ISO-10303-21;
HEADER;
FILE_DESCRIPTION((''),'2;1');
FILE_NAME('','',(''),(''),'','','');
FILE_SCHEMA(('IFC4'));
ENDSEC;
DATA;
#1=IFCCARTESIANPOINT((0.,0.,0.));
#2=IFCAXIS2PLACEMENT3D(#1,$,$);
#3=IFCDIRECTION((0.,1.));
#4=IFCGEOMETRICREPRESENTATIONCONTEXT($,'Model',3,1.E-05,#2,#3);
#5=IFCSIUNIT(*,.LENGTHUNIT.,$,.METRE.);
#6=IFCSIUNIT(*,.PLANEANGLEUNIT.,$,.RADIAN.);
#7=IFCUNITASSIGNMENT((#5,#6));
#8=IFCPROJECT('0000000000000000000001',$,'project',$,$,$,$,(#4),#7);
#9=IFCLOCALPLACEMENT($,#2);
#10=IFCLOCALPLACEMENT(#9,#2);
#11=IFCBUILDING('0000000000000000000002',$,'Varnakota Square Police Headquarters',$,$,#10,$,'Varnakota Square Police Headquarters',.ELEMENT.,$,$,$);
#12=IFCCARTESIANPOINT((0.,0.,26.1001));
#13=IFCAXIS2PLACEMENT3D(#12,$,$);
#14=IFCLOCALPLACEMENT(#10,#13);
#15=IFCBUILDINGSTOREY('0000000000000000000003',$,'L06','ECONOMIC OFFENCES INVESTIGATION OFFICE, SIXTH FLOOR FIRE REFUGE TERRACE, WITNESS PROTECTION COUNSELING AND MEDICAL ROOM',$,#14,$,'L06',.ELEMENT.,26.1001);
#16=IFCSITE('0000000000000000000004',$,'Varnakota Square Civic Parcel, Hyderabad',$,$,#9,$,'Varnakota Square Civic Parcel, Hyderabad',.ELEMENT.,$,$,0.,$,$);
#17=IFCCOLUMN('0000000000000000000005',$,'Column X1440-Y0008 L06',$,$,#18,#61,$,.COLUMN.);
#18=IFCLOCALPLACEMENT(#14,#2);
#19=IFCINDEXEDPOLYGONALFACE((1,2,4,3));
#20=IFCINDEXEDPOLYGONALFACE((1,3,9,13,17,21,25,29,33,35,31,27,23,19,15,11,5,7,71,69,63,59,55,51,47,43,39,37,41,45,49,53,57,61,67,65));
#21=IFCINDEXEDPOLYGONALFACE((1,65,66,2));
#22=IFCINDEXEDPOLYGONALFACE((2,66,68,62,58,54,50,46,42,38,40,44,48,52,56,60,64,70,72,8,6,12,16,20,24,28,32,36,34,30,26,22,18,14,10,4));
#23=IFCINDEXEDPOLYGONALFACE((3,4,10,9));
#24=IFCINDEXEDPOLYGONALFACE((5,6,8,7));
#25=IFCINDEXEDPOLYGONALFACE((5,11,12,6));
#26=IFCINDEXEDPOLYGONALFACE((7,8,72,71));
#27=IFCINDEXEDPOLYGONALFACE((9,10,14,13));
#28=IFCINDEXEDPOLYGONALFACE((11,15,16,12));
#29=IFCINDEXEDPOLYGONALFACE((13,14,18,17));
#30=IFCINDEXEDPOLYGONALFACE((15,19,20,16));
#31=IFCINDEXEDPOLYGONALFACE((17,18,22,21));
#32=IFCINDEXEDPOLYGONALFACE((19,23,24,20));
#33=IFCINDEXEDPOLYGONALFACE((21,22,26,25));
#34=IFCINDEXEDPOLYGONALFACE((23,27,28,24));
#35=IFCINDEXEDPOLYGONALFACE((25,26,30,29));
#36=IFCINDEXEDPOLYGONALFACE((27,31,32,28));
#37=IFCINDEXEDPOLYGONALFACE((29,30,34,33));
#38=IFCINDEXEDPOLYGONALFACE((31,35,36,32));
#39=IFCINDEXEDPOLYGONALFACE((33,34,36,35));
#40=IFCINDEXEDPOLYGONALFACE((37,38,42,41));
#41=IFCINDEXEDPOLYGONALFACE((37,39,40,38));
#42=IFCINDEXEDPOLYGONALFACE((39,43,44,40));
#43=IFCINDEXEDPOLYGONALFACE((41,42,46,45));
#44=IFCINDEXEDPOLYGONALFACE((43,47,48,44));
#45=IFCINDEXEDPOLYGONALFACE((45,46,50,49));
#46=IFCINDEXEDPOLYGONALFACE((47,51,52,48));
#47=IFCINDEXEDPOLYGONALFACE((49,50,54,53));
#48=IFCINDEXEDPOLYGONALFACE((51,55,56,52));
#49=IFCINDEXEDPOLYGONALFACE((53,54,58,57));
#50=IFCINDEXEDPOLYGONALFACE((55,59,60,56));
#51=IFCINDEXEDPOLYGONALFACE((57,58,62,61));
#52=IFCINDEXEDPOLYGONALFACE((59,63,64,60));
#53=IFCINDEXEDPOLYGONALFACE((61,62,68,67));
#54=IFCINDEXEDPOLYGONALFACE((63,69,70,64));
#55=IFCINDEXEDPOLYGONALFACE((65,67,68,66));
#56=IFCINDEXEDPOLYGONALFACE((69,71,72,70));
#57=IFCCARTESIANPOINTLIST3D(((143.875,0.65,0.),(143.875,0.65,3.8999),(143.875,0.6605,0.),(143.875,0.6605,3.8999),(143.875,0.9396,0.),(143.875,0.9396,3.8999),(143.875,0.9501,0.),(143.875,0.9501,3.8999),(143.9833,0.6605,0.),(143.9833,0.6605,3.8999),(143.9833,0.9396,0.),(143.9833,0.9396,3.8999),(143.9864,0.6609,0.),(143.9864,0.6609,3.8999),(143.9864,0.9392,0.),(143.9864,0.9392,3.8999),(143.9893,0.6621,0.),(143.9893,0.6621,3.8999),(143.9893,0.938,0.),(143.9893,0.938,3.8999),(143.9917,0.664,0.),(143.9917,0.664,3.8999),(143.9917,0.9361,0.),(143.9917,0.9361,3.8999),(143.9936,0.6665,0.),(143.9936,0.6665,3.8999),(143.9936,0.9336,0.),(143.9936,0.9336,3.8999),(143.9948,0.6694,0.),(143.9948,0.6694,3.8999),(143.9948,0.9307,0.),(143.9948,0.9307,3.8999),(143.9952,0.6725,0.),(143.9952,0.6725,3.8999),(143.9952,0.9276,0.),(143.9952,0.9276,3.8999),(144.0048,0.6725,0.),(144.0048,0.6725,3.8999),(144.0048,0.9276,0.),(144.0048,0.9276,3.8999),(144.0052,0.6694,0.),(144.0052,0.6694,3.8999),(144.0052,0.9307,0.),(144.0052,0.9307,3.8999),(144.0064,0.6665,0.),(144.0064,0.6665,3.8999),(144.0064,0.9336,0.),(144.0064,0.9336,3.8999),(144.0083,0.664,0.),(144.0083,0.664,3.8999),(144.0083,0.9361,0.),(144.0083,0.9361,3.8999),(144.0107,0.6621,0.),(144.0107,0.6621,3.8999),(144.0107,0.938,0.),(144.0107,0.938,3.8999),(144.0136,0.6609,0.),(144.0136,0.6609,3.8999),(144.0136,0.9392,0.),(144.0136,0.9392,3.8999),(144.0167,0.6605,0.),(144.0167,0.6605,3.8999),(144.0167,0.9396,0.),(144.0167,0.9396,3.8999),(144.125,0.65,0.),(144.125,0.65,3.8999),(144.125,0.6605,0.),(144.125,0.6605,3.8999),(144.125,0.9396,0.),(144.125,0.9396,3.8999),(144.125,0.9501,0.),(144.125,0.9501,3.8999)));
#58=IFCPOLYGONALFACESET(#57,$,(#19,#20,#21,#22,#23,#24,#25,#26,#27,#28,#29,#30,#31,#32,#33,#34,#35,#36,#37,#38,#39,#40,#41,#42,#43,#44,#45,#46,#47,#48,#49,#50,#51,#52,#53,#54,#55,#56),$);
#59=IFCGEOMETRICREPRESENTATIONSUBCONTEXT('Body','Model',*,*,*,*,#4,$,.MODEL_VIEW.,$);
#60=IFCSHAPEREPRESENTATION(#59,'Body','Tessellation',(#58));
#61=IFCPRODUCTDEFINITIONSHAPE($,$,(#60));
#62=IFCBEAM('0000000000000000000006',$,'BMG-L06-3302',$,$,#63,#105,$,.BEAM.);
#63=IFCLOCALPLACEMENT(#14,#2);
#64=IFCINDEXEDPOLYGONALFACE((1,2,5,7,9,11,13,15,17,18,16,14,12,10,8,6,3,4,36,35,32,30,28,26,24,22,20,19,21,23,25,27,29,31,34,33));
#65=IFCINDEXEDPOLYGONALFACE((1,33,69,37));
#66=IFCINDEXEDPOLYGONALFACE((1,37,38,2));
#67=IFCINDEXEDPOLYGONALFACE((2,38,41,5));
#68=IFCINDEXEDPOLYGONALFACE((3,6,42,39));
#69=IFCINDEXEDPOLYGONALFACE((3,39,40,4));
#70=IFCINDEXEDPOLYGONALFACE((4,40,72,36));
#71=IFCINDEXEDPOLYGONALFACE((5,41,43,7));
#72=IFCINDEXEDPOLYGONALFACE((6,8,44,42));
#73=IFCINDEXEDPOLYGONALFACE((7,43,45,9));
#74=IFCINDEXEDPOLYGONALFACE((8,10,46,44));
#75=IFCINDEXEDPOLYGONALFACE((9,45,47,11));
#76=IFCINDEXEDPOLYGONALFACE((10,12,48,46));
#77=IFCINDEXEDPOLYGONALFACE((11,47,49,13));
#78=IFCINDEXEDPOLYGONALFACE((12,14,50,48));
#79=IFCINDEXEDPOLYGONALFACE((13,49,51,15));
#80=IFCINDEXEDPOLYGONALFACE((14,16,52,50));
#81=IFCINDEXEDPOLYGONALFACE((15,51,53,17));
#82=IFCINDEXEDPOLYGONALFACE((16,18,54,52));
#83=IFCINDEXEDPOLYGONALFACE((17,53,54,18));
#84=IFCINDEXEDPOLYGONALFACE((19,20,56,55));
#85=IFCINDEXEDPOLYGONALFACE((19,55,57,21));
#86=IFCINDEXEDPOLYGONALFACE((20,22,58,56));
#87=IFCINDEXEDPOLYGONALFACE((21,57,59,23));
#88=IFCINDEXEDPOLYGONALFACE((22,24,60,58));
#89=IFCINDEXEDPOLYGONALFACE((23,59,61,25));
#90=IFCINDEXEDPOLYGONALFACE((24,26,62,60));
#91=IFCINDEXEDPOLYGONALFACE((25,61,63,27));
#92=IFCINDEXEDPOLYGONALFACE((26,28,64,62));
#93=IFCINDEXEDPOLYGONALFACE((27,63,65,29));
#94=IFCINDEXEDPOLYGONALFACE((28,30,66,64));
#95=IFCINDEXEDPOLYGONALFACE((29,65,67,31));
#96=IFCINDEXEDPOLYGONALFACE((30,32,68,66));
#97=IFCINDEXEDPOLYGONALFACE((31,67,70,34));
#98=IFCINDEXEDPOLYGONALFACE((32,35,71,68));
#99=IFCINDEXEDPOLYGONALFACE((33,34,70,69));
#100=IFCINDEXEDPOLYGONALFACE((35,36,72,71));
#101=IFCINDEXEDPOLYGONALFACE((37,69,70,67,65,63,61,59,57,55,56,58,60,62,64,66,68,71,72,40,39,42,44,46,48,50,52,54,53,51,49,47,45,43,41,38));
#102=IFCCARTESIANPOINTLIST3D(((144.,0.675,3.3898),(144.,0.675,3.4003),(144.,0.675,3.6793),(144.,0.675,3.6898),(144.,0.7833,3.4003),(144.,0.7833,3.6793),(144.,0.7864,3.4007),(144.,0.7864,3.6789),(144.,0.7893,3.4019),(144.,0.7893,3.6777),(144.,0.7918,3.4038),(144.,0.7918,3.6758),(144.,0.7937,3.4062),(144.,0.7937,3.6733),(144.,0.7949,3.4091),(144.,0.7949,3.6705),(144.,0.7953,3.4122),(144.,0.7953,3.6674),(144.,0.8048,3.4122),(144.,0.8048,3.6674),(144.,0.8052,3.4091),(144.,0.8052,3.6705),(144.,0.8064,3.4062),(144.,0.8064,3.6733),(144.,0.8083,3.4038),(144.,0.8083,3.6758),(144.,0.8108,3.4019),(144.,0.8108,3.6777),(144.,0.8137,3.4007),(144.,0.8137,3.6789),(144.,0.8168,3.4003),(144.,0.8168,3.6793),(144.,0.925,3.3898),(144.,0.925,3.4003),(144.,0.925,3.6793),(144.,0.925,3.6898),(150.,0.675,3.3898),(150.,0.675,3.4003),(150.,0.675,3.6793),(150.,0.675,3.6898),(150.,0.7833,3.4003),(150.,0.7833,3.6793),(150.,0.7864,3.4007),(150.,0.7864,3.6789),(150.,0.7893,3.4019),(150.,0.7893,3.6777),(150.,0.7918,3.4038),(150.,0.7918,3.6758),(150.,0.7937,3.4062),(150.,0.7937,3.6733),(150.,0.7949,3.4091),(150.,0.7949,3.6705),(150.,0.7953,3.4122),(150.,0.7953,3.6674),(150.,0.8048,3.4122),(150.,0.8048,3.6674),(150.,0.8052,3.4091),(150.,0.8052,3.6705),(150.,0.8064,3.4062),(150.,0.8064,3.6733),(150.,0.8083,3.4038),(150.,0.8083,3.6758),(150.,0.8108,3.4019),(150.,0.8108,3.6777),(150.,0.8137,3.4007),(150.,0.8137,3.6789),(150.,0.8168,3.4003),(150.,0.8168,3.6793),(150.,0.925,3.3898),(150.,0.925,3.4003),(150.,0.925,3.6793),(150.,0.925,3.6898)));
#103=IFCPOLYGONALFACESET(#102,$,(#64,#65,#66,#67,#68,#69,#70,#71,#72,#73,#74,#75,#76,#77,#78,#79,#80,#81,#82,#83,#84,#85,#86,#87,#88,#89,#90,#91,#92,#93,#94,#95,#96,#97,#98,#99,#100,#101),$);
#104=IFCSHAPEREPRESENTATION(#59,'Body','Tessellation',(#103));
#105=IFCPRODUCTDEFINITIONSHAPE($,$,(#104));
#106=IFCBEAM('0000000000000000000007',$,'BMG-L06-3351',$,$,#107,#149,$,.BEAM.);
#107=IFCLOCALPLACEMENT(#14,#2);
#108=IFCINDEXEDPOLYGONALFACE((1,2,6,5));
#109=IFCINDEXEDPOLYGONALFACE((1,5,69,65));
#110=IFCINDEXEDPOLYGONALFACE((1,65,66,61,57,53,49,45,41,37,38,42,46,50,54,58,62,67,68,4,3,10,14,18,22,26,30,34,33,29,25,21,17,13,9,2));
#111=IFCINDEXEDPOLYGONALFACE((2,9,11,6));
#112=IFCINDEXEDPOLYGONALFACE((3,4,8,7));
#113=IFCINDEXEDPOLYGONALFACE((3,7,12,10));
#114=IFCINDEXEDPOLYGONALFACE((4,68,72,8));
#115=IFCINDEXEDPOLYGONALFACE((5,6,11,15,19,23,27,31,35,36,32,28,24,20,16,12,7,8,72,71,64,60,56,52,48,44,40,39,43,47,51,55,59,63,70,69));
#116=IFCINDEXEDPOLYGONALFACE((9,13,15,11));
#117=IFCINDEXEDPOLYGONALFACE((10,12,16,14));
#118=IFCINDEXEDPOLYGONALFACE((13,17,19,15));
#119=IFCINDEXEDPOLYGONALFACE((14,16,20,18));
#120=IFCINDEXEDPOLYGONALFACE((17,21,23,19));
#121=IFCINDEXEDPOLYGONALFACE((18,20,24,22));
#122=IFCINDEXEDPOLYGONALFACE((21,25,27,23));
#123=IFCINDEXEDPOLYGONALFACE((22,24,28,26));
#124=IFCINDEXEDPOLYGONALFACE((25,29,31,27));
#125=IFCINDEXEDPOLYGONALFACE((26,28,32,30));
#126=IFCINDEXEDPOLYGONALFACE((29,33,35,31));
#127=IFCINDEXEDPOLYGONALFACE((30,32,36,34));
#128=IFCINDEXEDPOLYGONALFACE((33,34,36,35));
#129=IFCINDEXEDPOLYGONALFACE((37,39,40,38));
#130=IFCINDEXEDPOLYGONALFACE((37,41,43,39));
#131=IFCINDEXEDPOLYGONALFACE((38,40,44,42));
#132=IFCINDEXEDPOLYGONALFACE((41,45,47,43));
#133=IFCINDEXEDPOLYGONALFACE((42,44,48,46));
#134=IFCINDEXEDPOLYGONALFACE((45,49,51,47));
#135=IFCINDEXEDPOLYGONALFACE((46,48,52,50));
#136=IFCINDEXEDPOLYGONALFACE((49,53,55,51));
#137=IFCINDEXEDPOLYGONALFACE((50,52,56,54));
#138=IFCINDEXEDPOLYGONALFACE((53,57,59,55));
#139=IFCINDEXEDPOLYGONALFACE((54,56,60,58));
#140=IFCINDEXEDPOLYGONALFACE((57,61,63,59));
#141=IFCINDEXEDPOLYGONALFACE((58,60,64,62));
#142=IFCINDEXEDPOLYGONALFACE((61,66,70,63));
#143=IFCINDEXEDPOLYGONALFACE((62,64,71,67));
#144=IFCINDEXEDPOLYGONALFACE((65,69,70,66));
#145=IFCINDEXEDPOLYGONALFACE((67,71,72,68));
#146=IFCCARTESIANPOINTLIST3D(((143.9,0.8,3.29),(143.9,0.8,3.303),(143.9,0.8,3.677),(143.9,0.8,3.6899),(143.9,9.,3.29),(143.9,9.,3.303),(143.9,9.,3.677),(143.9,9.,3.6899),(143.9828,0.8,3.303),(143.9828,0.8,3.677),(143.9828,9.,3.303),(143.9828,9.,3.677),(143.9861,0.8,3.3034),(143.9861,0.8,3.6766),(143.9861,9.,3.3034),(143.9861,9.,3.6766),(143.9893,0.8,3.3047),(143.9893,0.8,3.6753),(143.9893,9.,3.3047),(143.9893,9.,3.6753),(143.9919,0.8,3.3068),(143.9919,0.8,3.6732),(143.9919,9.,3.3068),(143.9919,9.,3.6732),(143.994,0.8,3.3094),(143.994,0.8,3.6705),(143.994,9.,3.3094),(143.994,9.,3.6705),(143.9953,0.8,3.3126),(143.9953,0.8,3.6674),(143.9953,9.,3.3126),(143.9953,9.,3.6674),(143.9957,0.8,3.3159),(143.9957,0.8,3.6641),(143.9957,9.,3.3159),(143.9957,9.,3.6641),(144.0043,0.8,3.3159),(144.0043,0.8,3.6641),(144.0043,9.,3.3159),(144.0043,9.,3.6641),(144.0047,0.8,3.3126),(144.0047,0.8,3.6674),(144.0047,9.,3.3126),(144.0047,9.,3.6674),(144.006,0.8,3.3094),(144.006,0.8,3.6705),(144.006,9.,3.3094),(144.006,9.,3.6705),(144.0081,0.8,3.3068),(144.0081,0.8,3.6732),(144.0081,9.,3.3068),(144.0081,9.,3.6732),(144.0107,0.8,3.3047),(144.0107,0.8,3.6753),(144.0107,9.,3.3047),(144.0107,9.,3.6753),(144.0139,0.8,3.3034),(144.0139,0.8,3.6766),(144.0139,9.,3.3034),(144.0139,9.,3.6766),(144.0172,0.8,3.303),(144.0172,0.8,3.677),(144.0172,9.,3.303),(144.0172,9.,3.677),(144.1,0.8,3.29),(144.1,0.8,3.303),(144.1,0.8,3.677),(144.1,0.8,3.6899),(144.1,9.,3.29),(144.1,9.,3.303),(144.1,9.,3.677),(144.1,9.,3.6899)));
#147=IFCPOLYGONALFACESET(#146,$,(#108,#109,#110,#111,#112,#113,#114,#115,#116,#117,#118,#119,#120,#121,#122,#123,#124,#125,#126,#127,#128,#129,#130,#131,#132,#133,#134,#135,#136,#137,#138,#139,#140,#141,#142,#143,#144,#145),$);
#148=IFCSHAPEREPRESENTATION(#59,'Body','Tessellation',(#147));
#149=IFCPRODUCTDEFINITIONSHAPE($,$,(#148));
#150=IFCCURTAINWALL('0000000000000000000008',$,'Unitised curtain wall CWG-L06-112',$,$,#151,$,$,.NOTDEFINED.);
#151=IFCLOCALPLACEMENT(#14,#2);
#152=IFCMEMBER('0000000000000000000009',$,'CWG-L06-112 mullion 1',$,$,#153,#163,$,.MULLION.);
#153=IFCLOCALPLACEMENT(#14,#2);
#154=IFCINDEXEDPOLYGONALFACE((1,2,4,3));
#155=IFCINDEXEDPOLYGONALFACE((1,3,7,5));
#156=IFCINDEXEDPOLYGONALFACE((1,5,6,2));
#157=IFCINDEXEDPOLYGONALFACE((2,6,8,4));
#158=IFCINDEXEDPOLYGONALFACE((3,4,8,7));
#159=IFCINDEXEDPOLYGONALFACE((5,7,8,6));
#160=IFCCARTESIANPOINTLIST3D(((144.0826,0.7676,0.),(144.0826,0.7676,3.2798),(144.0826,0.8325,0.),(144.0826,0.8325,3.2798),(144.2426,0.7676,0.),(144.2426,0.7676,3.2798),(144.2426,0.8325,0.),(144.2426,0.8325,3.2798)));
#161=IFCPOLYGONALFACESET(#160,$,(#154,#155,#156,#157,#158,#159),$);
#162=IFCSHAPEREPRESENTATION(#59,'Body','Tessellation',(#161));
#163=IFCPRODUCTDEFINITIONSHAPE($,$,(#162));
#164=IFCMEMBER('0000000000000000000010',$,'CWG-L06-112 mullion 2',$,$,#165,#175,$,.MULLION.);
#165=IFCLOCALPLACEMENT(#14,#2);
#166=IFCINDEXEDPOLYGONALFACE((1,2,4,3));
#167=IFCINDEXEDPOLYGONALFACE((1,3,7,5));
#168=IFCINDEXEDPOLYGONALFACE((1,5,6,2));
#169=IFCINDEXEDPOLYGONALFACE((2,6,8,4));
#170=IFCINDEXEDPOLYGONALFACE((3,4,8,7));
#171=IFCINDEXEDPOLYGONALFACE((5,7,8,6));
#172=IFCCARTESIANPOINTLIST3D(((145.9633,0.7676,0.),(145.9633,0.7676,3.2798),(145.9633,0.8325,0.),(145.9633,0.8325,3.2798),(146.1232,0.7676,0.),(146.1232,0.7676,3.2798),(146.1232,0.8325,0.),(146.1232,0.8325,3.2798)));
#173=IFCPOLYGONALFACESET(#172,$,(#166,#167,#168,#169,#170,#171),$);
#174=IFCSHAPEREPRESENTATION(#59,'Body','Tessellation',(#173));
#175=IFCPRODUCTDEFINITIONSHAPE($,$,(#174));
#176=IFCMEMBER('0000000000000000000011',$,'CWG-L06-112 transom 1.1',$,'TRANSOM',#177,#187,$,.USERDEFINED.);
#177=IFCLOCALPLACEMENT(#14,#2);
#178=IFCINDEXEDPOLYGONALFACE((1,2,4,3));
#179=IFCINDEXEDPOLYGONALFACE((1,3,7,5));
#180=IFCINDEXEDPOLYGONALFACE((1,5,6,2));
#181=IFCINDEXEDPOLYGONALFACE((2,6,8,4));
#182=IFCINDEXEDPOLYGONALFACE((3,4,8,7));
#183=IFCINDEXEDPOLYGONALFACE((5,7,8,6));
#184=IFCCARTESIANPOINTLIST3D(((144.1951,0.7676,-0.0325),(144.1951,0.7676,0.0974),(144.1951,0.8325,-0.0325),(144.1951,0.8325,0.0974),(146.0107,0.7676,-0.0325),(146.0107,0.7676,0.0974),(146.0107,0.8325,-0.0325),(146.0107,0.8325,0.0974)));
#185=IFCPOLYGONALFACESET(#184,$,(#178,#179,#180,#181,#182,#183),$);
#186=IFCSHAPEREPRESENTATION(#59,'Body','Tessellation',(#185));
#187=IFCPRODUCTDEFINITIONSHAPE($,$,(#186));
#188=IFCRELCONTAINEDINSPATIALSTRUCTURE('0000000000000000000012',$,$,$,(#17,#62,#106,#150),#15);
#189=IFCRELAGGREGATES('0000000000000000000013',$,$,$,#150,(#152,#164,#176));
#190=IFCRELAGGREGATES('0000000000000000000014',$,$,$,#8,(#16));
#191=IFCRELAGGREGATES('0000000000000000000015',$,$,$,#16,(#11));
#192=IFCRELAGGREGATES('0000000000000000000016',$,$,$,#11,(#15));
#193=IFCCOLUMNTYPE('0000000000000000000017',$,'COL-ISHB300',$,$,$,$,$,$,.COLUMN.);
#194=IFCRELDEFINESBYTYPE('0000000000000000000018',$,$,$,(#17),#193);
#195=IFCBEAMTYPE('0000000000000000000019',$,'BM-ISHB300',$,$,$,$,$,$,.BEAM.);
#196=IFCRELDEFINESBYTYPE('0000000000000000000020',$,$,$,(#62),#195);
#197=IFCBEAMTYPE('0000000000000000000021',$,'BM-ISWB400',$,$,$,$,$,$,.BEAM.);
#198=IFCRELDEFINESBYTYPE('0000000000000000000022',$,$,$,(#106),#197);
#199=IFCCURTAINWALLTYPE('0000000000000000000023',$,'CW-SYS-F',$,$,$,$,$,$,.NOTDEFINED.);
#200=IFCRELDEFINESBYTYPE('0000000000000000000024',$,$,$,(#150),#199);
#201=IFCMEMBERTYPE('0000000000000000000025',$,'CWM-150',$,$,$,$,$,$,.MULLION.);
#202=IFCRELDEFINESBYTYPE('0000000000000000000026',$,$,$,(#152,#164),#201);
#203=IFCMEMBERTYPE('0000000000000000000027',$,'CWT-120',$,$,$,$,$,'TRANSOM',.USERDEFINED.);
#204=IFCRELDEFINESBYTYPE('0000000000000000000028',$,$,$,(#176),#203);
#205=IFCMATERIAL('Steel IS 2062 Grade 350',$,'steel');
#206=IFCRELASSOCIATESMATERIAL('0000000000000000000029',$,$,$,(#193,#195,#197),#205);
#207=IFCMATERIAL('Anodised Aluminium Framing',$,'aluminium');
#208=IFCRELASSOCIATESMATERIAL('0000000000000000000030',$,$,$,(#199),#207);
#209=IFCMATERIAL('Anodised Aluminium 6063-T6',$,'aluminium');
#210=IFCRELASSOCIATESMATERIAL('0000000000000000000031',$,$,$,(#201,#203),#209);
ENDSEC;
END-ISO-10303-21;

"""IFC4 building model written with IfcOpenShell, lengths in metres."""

from ifc_helpers import new_model, si_unit, direction, frame, origin, origin_2d, place, context, subcontext, project, spatial, rectangle, i_section, extrude, material, material_profile, profile_set, type_object, element, aggregate, save


model = new_model("IFC4")

# Units and contexts
model_context = context("Model", 3, precision=1e-05, world=origin(), true_north=direction((0.0, 1.0)))
body_context = subcontext(model_context, "Body", "Model", "MODEL_VIEW")
ifc_project = project(units=[si_unit("LENGTHUNIT", "METRE"), si_unit("PLANEANGLEUNIT", "RADIAN")], contexts=[model_context])

# Site, building, storey
site_placement = place(None, origin())
site = spatial("IfcSite", under=ifc_project, at=site_placement, Name="Varnakota Square Civic Parcel, Hyderabad", LongName="Varnakota Square Civic Parcel, Hyderabad", CompositionType="ELEMENT", RefElevation=0.0)
building_placement = place(site_placement, origin())
building = spatial("IfcBuilding", under=site, at=building_placement, Name="Varnakota Square Police Headquarters", LongName="Varnakota Square Police Headquarters", CompositionType="ELEMENT")
storey_placement = place(building_placement, frame((0.0, 0.0, 26.1001)))
storey = spatial("IfcBuildingStorey", under=building, at=storey_placement, Name="L06", Description="ECONOMIC OFFENCES INVESTIGATION OFFICE, SIXTH FLOOR FIRE REFUGE TERRACE, WITNESS PROTECTION COUNSELING AND MEDICAL ROOM", LongName="L06", CompositionType="ELEMENT", Elevation=26.1001)

# Column
ifc_material_1 = material(Name="Steel IS 2062 Grade 350", Category="steel")
ifc_material_profile_1 = material_profile(ifc_material_1, i_section(OverallWidth=0.25, OverallDepth=0.3, WebThickness=0.0095, FlangeThickness=0.0105, FilletRadius=0.012, at=origin_2d()), Name="ISHB 300")
ifc_profile_set_1 = profile_set([ifc_material_profile_1], Name="Steel IS 2062 Grade 350")
column_type = type_object("IfcColumnType", Name="COL-ISHB300", PredefinedType="COLUMN", material=ifc_profile_set_1)
column_placement = place(storey_placement, frame((144.0, 0.8, 0.0), z_axis=(0.0, 0.0, 1.0), x_axis=(1.0, 0.0, 0.0)))
element("IfcColumn", 1, at=column_placement, inside=storey, type_object=column_type, Name="Column X1440-Y0008 L06", PredefinedType="COLUMN", context=body_context, shape_type="SweptSolid", body=[
    extrude(i_section(OverallWidth=0.25, OverallDepth=0.3, WebThickness=0.0095, FlangeThickness=0.0105, FilletRadius=0.012, at=origin_2d()), origin(), (0.0, 0.0, 1.0), 3.8999),
])

# Beams
ifc_material_profile_2 = material_profile(ifc_material_1, i_section(OverallWidth=0.25, OverallDepth=0.3, WebThickness=0.0095, FlangeThickness=0.0105, FilletRadius=0.012, at=origin_2d()), Name="ISHB 300")
ifc_profile_set_2 = profile_set([ifc_material_profile_2], Name="Steel IS 2062 Grade 350")
beam_type_1 = type_object("IfcBeamType", Name="BM-ISHB300", PredefinedType="BEAM", material=ifc_profile_set_2)
beam_1_placement = place(storey_placement, frame((144.0, 0.8, 3.5398), z_axis=(1.0, 0.0, 0.0), x_axis=(0.0, 1.0, 0.0)))
element("IfcBeam", 2, at=beam_1_placement, inside=storey, type_object=beam_type_1, Name="BMG-L06-3302", PredefinedType="BEAM", context=body_context, shape_type="SweptSolid", body=[
    extrude(i_section(OverallWidth=0.25, OverallDepth=0.3, WebThickness=0.0095, FlangeThickness=0.0105, FilletRadius=0.012, at=origin_2d()), origin(), (0.0, 0.0, 1.0), 6.0),
])
ifc_material_profile_3 = material_profile(ifc_material_1, i_section(OverallWidth=0.2, OverallDepth=0.3999, WebThickness=0.0085, FlangeThickness=0.0129, FilletRadius=0.0129, at=origin_2d()), Name="ISWB 400")
ifc_profile_set_3 = profile_set([ifc_material_profile_3], Name="Steel IS 2062 Grade 350")
beam_type_2 = type_object("IfcBeamType", Name="BM-ISWB400", PredefinedType="BEAM", material=ifc_profile_set_3)
beam_2_placement = place(storey_placement, frame((144.0, 0.8, 3.49), z_axis=(0.0, 1.0, 0.0), x_axis=(-1.0, 0.0, 0.0)))
element("IfcBeam", 3, at=beam_2_placement, inside=storey, type_object=beam_type_2, Name="BMG-L06-3351", PredefinedType="BEAM", context=body_context, shape_type="SweptSolid", body=[
    extrude(i_section(OverallWidth=0.2, OverallDepth=0.3999, WebThickness=0.0085, FlangeThickness=0.0129, FilletRadius=0.0129, at=origin_2d()), origin(), (0.0, 0.0, 1.0), 8.2),
])

# Curtain wall, members
ifc_material_2 = material(Name="Anodised Aluminium Framing", Category="aluminium")
curtain_wall_type = type_object("IfcCurtainWallType", Name="CW-SYS-F", PredefinedType="NOTDEFINED", material=ifc_material_2)
curtain_wall_placement = place(storey_placement, origin())
curtain_wall = element("IfcCurtainWall", 4, at=curtain_wall_placement, inside=storey, type_object=curtain_wall_type, Name="Unitised curtain wall CWG-L06-112", PredefinedType="NOTDEFINED")
ifc_material_3 = material(Name="Anodised Aluminium 6063-T6", Category="aluminium")
ifc_material_profile_4 = material_profile(ifc_material_3, rectangle(XDim=0.0649, YDim=0.1599, at=origin_2d()), Name="ALU MULLION 65x160")
ifc_profile_set_4 = profile_set([ifc_material_profile_4], Name="Anodised Aluminium 6063-T6")
member_type_1 = type_object("IfcMemberType", Name="CWM-150", PredefinedType="MULLION", material=ifc_profile_set_4)
member_1_placement = place(storey_placement, frame((144.1626, 0.8, 0.0), z_axis=(0.0, 0.0, 1.0), x_axis=(0.0, 1.0, 0.0)))
member_1 = element("IfcMember", 5, at=member_1_placement, type_object=member_type_1, Name="CWG-L06-112 mullion 1", PredefinedType="MULLION", context=body_context, shape_type="SweptSolid", body=[
    extrude(rectangle(XDim=0.0649, YDim=0.1599, at=origin_2d()), origin(), (0.0, 0.0, 1.0), 3.2798),
])
member_2_placement = place(storey_placement, frame((146.0432, 0.8, 0.0), z_axis=(0.0, 0.0, 1.0), x_axis=(0.0, 1.0, 0.0)))
member_2 = element("IfcMember", 6, at=member_2_placement, type_object=member_type_1, Name="CWG-L06-112 mullion 2", PredefinedType="MULLION", context=body_context, shape_type="SweptSolid", body=[
    extrude(rectangle(XDim=0.0649, YDim=0.1599, at=origin_2d()), origin(), (0.0, 0.0, 1.0), 3.2798),
])
ifc_material_profile_5 = material_profile(ifc_material_3, rectangle(XDim=0.0649, YDim=0.1299, at=origin_2d()), Name="ALU TRANSOM 65x130")
ifc_profile_set_5 = profile_set([ifc_material_profile_5], Name="Anodised Aluminium 6063-T6")
member_type_2 = type_object("IfcMemberType", Name="CWT-120", ElementType="TRANSOM", PredefinedType="USERDEFINED", material=ifc_profile_set_5)
member_3_placement = place(storey_placement, frame((144.1951, 0.8, 0.0325), z_axis=(1.0, 0.0, 0.0), x_axis=(0.0, 1.0, 0.0)))
member_3 = element("IfcMember", 7, at=member_3_placement, type_object=member_type_2, Name="CWG-L06-112 transom 1.1", ObjectType="TRANSOM", PredefinedType="USERDEFINED", context=body_context, shape_type="SweptSolid", body=[
    extrude(rectangle(XDim=0.0649, YDim=0.1299, at=origin_2d()), origin(), (0.0, 0.0, 1.0), 1.8157),
])
aggregate(curtain_wall, [member_1, member_2, member_3])

save(model, "model.ifc")
